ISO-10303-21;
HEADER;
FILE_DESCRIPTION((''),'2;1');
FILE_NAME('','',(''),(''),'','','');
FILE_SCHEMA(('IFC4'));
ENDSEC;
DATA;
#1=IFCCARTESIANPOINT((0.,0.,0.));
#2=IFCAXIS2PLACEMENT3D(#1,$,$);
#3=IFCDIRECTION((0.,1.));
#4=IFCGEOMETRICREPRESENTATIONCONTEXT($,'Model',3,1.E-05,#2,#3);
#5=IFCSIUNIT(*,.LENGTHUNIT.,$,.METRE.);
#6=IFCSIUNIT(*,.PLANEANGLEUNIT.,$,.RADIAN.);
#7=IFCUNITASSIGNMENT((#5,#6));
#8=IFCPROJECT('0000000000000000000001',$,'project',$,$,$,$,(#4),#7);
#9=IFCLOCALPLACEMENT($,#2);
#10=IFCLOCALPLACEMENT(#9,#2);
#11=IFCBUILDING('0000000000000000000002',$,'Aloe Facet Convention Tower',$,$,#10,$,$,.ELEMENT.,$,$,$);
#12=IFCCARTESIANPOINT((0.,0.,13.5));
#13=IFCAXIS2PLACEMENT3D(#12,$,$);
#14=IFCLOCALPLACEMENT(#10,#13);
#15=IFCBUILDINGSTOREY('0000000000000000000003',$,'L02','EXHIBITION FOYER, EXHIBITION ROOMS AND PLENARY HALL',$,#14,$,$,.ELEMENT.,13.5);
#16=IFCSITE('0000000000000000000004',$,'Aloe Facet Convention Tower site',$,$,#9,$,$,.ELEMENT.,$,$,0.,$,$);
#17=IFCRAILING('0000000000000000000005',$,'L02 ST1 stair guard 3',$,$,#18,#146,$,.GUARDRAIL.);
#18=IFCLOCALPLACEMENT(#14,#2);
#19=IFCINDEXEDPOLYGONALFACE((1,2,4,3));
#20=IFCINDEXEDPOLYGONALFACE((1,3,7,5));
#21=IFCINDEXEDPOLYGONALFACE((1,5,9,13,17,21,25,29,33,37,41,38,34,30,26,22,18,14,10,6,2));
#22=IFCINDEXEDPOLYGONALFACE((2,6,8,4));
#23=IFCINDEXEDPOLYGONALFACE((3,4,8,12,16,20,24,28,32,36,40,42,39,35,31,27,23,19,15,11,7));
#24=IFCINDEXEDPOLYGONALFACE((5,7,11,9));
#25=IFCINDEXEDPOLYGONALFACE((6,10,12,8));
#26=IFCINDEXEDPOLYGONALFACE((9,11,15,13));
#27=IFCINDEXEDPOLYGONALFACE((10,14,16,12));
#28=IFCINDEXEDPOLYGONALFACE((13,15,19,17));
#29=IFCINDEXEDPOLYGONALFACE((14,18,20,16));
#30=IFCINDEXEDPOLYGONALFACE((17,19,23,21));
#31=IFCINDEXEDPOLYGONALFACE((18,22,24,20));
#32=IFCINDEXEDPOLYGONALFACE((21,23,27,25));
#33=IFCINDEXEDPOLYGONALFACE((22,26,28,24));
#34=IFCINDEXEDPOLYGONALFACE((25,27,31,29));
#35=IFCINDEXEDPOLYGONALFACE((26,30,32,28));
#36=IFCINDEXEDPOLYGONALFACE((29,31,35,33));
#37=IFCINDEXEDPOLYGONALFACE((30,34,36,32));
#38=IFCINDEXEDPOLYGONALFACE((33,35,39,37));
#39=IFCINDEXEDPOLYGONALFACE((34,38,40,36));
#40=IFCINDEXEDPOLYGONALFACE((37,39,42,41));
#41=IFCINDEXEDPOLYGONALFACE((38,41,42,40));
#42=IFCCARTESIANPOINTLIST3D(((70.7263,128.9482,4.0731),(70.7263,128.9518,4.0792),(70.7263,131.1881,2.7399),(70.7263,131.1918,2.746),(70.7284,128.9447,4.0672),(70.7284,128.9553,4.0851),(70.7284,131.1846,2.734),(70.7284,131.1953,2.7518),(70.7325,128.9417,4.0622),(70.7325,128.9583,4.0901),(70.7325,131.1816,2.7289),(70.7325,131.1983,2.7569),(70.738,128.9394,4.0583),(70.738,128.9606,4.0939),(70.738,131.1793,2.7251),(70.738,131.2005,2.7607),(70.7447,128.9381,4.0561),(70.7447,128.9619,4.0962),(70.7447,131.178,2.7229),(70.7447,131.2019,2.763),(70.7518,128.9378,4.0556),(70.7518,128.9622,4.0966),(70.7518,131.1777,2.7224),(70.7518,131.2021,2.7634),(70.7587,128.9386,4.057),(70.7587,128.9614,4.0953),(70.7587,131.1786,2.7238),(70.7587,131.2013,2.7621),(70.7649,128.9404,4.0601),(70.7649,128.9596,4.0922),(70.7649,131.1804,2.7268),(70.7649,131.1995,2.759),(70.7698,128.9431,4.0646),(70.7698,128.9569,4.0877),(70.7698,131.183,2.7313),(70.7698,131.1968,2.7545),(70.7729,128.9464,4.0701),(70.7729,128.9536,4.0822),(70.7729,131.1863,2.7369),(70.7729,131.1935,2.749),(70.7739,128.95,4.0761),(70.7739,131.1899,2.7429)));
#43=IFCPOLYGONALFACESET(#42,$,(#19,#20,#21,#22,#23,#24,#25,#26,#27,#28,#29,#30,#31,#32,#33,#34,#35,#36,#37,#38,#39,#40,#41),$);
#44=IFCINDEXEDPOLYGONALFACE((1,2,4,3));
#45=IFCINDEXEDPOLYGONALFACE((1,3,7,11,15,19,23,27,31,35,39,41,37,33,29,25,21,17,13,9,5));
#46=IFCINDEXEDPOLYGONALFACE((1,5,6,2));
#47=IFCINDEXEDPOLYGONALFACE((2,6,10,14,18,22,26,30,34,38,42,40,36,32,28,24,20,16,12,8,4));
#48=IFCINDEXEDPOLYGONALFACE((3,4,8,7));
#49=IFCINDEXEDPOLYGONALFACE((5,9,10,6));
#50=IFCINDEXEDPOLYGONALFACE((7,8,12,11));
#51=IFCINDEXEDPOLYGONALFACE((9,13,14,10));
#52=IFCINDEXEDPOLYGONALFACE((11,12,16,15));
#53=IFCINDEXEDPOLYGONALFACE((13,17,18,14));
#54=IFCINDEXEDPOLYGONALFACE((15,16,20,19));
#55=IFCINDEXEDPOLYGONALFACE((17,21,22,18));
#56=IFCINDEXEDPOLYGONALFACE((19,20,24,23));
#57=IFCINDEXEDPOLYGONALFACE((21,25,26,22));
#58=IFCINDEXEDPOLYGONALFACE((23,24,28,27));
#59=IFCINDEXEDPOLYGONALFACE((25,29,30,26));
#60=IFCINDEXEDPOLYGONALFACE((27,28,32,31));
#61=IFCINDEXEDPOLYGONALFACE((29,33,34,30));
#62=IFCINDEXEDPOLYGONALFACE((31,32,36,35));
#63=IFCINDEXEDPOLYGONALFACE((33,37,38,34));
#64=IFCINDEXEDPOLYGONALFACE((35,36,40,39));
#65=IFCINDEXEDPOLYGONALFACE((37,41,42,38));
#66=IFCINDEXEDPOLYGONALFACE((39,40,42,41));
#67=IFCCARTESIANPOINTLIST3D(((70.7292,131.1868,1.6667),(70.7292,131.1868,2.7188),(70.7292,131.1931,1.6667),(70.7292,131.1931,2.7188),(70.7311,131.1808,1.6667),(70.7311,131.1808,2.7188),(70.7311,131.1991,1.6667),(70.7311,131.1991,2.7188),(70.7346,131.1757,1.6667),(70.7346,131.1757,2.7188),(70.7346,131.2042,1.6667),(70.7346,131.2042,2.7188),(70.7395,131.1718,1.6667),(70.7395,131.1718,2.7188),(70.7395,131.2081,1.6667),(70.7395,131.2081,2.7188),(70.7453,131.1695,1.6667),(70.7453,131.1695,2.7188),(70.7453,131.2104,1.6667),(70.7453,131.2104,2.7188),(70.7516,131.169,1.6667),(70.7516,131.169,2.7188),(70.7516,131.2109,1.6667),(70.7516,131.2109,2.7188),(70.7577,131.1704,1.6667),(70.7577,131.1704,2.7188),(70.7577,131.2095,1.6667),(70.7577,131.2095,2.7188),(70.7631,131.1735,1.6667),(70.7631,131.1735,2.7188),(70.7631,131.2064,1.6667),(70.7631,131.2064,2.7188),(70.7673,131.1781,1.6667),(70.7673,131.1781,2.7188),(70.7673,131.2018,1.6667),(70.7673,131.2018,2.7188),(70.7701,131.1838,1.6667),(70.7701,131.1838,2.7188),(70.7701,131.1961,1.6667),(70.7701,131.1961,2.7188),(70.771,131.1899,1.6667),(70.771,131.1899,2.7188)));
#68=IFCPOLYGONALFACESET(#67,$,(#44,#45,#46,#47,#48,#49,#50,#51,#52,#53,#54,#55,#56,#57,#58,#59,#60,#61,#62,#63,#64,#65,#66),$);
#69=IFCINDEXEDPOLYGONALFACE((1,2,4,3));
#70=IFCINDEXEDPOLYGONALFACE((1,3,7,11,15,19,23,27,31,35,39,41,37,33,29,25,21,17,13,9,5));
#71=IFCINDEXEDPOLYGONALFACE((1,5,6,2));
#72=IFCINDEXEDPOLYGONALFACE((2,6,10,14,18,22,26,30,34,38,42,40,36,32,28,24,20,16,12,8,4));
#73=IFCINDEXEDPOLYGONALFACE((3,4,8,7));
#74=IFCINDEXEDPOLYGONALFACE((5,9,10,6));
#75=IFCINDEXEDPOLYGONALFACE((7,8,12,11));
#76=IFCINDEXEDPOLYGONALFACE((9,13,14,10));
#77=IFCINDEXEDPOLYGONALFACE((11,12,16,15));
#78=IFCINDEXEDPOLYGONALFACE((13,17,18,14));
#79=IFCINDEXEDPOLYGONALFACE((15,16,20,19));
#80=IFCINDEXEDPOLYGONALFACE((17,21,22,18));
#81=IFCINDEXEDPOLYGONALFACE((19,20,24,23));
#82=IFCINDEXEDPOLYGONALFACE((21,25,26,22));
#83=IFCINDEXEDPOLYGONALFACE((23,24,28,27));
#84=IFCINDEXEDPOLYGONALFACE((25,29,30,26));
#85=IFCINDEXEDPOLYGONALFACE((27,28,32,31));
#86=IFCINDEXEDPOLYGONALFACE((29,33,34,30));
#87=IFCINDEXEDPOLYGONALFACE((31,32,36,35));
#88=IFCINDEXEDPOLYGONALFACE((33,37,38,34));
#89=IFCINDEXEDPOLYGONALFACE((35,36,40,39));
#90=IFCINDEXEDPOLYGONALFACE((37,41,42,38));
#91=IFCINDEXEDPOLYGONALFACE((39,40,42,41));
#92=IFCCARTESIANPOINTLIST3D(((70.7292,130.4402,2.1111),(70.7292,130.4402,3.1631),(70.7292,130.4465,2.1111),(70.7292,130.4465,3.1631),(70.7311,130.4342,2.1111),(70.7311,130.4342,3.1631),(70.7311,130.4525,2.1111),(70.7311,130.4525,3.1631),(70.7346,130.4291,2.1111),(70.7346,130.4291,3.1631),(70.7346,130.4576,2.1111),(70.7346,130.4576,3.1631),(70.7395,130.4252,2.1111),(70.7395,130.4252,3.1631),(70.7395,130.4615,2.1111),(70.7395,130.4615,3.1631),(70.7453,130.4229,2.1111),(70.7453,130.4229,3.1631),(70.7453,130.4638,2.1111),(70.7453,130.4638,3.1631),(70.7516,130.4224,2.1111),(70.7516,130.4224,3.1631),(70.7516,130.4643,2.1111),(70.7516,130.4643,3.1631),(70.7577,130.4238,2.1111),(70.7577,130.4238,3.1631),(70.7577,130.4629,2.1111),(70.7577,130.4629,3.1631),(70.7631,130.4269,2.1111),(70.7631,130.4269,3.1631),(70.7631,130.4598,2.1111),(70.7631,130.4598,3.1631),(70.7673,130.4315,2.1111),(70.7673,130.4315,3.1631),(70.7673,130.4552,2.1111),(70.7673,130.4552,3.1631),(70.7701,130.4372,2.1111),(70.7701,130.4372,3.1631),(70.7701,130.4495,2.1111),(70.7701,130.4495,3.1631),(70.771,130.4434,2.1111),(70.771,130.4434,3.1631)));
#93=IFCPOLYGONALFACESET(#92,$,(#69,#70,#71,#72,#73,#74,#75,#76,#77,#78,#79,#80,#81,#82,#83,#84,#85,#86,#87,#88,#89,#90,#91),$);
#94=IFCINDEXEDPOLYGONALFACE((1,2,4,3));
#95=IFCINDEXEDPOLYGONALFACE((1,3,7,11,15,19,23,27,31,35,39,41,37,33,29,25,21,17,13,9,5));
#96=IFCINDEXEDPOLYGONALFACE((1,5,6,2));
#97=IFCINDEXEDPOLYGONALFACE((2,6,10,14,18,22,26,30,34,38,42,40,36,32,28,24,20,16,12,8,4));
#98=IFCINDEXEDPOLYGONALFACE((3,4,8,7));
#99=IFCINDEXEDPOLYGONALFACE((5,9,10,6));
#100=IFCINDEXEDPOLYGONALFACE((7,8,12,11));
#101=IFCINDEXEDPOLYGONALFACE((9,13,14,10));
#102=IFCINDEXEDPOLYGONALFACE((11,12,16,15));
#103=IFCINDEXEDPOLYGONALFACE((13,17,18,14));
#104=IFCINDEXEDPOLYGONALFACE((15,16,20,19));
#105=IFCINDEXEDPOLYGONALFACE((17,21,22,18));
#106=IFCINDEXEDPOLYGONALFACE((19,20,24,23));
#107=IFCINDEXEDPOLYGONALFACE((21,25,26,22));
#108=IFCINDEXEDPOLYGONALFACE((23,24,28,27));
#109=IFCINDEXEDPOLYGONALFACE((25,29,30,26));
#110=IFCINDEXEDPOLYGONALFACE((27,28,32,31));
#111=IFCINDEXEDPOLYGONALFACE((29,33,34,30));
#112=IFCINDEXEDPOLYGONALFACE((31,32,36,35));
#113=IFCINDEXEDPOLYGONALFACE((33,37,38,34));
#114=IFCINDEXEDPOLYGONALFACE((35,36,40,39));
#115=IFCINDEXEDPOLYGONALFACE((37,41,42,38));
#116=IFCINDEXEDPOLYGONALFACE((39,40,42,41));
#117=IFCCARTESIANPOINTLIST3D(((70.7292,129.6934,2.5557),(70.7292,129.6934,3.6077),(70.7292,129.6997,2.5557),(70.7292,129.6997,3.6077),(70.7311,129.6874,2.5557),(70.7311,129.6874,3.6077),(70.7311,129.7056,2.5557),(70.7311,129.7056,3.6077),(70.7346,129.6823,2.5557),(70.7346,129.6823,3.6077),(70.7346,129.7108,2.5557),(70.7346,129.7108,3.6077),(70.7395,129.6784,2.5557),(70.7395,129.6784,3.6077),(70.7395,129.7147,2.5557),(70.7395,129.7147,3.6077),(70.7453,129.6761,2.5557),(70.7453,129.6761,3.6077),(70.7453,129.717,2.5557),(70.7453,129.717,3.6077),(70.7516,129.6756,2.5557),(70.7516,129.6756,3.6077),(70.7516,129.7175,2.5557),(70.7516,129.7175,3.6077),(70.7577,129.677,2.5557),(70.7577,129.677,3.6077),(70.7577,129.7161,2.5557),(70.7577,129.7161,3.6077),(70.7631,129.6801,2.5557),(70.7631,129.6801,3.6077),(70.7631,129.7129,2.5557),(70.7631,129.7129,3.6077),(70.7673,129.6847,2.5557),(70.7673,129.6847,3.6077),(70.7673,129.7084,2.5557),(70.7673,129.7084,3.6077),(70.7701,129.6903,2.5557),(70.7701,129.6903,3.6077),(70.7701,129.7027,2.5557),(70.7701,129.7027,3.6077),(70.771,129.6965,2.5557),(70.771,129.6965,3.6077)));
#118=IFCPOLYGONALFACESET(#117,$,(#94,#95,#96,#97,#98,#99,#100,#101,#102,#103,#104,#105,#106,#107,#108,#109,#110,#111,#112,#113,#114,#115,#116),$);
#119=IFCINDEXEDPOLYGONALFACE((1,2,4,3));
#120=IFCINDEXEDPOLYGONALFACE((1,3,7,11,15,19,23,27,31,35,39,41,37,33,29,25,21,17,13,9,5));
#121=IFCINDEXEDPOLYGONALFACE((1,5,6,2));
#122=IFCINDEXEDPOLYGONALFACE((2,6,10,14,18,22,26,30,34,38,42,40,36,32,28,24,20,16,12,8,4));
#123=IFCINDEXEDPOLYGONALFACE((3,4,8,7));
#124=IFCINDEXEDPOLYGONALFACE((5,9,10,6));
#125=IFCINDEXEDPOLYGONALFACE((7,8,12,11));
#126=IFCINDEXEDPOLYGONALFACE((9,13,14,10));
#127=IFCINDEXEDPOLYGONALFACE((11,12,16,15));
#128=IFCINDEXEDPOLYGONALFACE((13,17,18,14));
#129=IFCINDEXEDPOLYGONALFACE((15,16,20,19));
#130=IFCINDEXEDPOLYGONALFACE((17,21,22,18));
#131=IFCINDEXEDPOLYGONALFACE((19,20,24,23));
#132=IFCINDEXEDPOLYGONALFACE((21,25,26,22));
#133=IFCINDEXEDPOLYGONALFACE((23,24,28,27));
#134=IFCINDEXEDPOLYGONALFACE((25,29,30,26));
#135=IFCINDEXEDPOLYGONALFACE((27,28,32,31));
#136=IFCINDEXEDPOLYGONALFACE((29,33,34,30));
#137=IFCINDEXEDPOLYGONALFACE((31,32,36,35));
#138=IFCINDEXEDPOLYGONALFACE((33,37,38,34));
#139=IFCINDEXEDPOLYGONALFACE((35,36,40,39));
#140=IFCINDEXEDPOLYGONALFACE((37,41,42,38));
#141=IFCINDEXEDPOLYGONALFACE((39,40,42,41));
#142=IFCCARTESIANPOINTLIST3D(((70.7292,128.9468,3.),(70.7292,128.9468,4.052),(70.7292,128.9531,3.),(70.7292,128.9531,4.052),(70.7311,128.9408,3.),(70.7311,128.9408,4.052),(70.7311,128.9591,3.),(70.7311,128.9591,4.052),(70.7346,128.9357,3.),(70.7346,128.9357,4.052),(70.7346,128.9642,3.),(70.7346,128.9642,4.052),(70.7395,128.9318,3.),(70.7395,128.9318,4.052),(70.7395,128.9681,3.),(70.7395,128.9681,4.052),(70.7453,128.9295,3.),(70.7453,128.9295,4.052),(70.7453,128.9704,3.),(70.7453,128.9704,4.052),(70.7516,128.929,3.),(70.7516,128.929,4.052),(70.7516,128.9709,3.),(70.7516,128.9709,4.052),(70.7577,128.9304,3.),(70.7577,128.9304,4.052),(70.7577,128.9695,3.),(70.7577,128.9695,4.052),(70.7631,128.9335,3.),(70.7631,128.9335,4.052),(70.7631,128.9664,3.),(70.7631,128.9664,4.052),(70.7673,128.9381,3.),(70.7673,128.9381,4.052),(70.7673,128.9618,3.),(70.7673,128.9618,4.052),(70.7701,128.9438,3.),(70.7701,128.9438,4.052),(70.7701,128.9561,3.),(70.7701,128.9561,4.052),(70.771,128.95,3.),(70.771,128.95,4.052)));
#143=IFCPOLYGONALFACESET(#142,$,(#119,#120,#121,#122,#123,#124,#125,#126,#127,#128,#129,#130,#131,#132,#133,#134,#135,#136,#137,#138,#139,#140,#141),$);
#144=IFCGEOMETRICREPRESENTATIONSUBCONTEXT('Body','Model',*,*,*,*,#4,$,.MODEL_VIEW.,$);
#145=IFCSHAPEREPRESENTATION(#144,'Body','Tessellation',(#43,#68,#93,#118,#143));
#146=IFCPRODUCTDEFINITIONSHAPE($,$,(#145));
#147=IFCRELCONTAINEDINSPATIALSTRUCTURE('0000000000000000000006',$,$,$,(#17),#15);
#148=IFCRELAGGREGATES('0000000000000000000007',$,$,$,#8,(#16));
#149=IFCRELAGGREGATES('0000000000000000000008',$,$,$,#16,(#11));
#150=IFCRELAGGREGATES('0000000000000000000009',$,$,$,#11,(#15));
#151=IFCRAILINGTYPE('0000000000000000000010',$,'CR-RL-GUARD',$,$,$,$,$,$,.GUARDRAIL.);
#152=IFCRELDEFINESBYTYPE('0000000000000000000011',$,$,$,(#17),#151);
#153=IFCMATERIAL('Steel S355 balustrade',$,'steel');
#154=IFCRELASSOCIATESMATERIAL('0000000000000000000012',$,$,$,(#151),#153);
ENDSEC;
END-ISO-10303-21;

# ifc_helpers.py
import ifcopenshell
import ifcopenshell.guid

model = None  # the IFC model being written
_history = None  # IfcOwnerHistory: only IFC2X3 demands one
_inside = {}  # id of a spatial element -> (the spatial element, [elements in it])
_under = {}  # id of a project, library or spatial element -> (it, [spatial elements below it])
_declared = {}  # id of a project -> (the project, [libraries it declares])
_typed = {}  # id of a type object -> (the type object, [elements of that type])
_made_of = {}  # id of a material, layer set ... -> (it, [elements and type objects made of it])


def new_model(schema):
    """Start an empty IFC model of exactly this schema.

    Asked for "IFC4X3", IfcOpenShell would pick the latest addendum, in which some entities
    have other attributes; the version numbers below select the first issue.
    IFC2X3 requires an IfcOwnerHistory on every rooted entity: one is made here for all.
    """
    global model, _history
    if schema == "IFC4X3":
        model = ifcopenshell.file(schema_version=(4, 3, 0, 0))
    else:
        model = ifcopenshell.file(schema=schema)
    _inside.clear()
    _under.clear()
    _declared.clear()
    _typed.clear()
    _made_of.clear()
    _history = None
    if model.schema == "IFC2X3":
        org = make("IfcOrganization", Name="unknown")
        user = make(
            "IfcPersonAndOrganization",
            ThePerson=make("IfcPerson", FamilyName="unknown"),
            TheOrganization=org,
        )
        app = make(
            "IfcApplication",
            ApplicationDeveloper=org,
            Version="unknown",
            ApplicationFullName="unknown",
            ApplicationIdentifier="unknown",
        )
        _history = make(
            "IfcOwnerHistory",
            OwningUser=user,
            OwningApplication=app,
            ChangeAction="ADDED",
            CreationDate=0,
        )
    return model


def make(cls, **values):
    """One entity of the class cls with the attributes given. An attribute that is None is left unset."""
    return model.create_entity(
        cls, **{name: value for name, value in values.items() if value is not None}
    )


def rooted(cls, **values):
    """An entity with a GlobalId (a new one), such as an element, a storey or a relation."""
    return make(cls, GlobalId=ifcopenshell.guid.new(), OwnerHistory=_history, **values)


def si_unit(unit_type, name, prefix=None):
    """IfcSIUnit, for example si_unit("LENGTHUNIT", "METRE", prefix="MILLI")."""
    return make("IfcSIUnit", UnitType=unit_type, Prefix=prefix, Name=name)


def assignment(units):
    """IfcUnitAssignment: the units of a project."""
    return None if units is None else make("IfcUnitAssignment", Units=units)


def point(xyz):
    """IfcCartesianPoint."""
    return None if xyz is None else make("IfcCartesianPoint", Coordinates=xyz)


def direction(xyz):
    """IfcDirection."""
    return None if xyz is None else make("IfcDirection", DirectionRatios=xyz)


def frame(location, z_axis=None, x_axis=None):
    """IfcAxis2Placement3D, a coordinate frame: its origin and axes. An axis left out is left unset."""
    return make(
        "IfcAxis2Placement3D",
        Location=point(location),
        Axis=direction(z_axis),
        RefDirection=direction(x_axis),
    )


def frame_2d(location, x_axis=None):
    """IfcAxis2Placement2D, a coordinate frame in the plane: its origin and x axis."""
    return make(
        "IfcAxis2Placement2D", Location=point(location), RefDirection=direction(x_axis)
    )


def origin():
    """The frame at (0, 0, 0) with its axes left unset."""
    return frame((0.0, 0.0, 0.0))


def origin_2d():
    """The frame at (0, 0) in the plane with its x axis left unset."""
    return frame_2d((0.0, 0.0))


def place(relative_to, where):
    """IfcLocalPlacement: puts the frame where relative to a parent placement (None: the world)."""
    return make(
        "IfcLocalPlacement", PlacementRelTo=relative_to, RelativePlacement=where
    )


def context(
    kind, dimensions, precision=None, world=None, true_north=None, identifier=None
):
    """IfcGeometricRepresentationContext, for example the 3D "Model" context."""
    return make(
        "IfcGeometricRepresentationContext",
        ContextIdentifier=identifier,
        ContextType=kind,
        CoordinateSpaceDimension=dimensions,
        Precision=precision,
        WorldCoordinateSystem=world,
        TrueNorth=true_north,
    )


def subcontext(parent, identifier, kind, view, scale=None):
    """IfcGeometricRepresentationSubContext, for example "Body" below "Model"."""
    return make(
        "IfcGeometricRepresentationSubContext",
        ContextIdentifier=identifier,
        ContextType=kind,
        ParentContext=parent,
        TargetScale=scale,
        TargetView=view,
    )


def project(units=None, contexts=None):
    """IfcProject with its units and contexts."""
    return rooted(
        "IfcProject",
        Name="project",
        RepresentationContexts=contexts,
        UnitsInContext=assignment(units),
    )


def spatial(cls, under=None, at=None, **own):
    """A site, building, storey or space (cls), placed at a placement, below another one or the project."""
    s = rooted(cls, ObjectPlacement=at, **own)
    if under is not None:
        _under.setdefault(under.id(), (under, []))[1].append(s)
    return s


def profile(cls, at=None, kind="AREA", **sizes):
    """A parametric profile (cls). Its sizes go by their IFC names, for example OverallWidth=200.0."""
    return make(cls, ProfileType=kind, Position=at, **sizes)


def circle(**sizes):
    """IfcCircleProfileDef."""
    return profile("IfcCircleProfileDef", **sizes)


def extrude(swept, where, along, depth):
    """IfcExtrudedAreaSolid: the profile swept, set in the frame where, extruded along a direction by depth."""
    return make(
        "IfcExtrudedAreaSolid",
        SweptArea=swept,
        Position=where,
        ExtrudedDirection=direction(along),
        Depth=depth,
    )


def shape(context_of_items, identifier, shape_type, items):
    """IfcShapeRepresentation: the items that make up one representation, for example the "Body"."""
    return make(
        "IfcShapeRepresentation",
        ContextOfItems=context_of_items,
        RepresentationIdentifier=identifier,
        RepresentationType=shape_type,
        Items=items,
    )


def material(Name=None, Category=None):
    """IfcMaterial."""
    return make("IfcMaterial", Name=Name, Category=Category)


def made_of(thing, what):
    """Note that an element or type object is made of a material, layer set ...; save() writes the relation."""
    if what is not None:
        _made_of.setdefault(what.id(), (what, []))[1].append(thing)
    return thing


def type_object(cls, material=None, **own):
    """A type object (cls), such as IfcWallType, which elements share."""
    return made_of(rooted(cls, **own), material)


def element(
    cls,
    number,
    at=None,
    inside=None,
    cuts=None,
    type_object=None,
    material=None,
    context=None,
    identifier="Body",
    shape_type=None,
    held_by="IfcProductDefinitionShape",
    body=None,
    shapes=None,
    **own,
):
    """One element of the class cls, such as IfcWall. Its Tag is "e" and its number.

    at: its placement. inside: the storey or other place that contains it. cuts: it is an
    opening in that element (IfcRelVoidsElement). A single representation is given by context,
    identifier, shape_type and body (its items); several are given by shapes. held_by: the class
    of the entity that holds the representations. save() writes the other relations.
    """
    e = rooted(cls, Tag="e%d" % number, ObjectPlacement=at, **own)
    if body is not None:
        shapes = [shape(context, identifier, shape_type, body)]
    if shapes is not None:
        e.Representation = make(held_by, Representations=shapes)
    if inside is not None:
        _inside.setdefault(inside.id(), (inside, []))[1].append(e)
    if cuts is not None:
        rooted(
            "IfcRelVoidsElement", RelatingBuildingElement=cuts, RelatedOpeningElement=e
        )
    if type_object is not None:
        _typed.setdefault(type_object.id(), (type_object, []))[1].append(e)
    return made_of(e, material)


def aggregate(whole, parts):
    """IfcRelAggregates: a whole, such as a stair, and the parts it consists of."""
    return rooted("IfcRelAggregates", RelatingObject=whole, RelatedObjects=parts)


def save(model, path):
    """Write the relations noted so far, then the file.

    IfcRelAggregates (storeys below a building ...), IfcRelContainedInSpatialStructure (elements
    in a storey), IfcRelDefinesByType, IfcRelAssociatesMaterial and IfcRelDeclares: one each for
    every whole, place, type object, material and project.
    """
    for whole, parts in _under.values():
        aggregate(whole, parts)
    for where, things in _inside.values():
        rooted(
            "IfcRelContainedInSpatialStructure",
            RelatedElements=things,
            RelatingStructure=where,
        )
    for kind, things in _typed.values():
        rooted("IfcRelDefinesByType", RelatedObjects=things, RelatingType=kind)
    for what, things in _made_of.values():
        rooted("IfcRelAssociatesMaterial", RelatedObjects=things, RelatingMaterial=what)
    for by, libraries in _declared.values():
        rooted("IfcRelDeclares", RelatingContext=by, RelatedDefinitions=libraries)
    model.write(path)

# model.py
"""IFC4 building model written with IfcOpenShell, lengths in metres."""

from ifc_helpers import new_model, si_unit, direction, frame, origin, origin_2d, place, context, subcontext, project, spatial, circle, extrude, material, type_object, element, save


model = new_model("IFC4")

# Units and contexts
model_context = context("Model", 3, precision=1e-05, world=origin(), true_north=direction((0.0, 1.0)))
body_context = subcontext(model_context, "Body", "Model", "MODEL_VIEW")
ifc_project = project(units=[si_unit("LENGTHUNIT", "METRE"), si_unit("PLANEANGLEUNIT", "RADIAN")], contexts=[model_context])

# Site, building, storey
site_placement = place(None, origin())
site = spatial("IfcSite", under=ifc_project, at=site_placement, Name="Aloe Facet Convention Tower site", CompositionType="ELEMENT", RefElevation=0.0)
building_placement = place(site_placement, origin())
building = spatial("IfcBuilding", under=site, at=building_placement, Name="Aloe Facet Convention Tower", CompositionType="ELEMENT")
storey_placement = place(building_placement, frame((0.0, 0.0, 13.5)))
storey = spatial("IfcBuildingStorey", under=building, at=storey_placement, Name="L02", Description="EXHIBITION FOYER, EXHIBITION ROOMS AND PLENARY HALL", CompositionType="ELEMENT", Elevation=13.5)

# Railing
ifc_material_1 = material(Name="Steel S355 balustrade", Category="steel")
railing_type_1 = type_object("IfcRailingType", Name="CR-RL-GUARD", PredefinedType="GUARDRAIL", material=ifc_material_1)
railing_1_placement = place(storey_placement, frame((70.75, 131.1899, 1.6667)))
element("IfcRailing", 1, at=railing_1_placement, inside=storey, type_object=railing_type_1, Name="L02 ST1 stair guard 3", PredefinedType="GUARDRAIL", context=body_context, shape_type="SweptSolid", body=[
    extrude(circle(Radius=0.0239, at=origin_2d()), frame((0.0, 0.0, 1.0762), z_axis=(0.0, -0.859306, 0.511462), x_axis=(1.0, 0.0, 0.0)), (0.0, 0.0, 1.0), 2.6067),
    extrude(circle(Radius=0.021, at=origin_2d()), origin(), (0.0, 0.0, 1.0), 1.052),
    extrude(circle(Radius=0.021, at=origin_2d()), frame((0.0, -0.7466, 0.4443)), (0.0, 0.0, 1.0), 1.052),
    extrude(circle(Radius=0.021, at=origin_2d()), frame((0.0, -1.4934, 0.8889)), (0.0, 0.0, 1.0), 1.052),
    extrude(circle(Radius=0.021, at=origin_2d()), frame((0.0, -2.24, 1.3333)), (0.0, 0.0, 1.0), 1.052),
])

save(model, "model.ifc")
